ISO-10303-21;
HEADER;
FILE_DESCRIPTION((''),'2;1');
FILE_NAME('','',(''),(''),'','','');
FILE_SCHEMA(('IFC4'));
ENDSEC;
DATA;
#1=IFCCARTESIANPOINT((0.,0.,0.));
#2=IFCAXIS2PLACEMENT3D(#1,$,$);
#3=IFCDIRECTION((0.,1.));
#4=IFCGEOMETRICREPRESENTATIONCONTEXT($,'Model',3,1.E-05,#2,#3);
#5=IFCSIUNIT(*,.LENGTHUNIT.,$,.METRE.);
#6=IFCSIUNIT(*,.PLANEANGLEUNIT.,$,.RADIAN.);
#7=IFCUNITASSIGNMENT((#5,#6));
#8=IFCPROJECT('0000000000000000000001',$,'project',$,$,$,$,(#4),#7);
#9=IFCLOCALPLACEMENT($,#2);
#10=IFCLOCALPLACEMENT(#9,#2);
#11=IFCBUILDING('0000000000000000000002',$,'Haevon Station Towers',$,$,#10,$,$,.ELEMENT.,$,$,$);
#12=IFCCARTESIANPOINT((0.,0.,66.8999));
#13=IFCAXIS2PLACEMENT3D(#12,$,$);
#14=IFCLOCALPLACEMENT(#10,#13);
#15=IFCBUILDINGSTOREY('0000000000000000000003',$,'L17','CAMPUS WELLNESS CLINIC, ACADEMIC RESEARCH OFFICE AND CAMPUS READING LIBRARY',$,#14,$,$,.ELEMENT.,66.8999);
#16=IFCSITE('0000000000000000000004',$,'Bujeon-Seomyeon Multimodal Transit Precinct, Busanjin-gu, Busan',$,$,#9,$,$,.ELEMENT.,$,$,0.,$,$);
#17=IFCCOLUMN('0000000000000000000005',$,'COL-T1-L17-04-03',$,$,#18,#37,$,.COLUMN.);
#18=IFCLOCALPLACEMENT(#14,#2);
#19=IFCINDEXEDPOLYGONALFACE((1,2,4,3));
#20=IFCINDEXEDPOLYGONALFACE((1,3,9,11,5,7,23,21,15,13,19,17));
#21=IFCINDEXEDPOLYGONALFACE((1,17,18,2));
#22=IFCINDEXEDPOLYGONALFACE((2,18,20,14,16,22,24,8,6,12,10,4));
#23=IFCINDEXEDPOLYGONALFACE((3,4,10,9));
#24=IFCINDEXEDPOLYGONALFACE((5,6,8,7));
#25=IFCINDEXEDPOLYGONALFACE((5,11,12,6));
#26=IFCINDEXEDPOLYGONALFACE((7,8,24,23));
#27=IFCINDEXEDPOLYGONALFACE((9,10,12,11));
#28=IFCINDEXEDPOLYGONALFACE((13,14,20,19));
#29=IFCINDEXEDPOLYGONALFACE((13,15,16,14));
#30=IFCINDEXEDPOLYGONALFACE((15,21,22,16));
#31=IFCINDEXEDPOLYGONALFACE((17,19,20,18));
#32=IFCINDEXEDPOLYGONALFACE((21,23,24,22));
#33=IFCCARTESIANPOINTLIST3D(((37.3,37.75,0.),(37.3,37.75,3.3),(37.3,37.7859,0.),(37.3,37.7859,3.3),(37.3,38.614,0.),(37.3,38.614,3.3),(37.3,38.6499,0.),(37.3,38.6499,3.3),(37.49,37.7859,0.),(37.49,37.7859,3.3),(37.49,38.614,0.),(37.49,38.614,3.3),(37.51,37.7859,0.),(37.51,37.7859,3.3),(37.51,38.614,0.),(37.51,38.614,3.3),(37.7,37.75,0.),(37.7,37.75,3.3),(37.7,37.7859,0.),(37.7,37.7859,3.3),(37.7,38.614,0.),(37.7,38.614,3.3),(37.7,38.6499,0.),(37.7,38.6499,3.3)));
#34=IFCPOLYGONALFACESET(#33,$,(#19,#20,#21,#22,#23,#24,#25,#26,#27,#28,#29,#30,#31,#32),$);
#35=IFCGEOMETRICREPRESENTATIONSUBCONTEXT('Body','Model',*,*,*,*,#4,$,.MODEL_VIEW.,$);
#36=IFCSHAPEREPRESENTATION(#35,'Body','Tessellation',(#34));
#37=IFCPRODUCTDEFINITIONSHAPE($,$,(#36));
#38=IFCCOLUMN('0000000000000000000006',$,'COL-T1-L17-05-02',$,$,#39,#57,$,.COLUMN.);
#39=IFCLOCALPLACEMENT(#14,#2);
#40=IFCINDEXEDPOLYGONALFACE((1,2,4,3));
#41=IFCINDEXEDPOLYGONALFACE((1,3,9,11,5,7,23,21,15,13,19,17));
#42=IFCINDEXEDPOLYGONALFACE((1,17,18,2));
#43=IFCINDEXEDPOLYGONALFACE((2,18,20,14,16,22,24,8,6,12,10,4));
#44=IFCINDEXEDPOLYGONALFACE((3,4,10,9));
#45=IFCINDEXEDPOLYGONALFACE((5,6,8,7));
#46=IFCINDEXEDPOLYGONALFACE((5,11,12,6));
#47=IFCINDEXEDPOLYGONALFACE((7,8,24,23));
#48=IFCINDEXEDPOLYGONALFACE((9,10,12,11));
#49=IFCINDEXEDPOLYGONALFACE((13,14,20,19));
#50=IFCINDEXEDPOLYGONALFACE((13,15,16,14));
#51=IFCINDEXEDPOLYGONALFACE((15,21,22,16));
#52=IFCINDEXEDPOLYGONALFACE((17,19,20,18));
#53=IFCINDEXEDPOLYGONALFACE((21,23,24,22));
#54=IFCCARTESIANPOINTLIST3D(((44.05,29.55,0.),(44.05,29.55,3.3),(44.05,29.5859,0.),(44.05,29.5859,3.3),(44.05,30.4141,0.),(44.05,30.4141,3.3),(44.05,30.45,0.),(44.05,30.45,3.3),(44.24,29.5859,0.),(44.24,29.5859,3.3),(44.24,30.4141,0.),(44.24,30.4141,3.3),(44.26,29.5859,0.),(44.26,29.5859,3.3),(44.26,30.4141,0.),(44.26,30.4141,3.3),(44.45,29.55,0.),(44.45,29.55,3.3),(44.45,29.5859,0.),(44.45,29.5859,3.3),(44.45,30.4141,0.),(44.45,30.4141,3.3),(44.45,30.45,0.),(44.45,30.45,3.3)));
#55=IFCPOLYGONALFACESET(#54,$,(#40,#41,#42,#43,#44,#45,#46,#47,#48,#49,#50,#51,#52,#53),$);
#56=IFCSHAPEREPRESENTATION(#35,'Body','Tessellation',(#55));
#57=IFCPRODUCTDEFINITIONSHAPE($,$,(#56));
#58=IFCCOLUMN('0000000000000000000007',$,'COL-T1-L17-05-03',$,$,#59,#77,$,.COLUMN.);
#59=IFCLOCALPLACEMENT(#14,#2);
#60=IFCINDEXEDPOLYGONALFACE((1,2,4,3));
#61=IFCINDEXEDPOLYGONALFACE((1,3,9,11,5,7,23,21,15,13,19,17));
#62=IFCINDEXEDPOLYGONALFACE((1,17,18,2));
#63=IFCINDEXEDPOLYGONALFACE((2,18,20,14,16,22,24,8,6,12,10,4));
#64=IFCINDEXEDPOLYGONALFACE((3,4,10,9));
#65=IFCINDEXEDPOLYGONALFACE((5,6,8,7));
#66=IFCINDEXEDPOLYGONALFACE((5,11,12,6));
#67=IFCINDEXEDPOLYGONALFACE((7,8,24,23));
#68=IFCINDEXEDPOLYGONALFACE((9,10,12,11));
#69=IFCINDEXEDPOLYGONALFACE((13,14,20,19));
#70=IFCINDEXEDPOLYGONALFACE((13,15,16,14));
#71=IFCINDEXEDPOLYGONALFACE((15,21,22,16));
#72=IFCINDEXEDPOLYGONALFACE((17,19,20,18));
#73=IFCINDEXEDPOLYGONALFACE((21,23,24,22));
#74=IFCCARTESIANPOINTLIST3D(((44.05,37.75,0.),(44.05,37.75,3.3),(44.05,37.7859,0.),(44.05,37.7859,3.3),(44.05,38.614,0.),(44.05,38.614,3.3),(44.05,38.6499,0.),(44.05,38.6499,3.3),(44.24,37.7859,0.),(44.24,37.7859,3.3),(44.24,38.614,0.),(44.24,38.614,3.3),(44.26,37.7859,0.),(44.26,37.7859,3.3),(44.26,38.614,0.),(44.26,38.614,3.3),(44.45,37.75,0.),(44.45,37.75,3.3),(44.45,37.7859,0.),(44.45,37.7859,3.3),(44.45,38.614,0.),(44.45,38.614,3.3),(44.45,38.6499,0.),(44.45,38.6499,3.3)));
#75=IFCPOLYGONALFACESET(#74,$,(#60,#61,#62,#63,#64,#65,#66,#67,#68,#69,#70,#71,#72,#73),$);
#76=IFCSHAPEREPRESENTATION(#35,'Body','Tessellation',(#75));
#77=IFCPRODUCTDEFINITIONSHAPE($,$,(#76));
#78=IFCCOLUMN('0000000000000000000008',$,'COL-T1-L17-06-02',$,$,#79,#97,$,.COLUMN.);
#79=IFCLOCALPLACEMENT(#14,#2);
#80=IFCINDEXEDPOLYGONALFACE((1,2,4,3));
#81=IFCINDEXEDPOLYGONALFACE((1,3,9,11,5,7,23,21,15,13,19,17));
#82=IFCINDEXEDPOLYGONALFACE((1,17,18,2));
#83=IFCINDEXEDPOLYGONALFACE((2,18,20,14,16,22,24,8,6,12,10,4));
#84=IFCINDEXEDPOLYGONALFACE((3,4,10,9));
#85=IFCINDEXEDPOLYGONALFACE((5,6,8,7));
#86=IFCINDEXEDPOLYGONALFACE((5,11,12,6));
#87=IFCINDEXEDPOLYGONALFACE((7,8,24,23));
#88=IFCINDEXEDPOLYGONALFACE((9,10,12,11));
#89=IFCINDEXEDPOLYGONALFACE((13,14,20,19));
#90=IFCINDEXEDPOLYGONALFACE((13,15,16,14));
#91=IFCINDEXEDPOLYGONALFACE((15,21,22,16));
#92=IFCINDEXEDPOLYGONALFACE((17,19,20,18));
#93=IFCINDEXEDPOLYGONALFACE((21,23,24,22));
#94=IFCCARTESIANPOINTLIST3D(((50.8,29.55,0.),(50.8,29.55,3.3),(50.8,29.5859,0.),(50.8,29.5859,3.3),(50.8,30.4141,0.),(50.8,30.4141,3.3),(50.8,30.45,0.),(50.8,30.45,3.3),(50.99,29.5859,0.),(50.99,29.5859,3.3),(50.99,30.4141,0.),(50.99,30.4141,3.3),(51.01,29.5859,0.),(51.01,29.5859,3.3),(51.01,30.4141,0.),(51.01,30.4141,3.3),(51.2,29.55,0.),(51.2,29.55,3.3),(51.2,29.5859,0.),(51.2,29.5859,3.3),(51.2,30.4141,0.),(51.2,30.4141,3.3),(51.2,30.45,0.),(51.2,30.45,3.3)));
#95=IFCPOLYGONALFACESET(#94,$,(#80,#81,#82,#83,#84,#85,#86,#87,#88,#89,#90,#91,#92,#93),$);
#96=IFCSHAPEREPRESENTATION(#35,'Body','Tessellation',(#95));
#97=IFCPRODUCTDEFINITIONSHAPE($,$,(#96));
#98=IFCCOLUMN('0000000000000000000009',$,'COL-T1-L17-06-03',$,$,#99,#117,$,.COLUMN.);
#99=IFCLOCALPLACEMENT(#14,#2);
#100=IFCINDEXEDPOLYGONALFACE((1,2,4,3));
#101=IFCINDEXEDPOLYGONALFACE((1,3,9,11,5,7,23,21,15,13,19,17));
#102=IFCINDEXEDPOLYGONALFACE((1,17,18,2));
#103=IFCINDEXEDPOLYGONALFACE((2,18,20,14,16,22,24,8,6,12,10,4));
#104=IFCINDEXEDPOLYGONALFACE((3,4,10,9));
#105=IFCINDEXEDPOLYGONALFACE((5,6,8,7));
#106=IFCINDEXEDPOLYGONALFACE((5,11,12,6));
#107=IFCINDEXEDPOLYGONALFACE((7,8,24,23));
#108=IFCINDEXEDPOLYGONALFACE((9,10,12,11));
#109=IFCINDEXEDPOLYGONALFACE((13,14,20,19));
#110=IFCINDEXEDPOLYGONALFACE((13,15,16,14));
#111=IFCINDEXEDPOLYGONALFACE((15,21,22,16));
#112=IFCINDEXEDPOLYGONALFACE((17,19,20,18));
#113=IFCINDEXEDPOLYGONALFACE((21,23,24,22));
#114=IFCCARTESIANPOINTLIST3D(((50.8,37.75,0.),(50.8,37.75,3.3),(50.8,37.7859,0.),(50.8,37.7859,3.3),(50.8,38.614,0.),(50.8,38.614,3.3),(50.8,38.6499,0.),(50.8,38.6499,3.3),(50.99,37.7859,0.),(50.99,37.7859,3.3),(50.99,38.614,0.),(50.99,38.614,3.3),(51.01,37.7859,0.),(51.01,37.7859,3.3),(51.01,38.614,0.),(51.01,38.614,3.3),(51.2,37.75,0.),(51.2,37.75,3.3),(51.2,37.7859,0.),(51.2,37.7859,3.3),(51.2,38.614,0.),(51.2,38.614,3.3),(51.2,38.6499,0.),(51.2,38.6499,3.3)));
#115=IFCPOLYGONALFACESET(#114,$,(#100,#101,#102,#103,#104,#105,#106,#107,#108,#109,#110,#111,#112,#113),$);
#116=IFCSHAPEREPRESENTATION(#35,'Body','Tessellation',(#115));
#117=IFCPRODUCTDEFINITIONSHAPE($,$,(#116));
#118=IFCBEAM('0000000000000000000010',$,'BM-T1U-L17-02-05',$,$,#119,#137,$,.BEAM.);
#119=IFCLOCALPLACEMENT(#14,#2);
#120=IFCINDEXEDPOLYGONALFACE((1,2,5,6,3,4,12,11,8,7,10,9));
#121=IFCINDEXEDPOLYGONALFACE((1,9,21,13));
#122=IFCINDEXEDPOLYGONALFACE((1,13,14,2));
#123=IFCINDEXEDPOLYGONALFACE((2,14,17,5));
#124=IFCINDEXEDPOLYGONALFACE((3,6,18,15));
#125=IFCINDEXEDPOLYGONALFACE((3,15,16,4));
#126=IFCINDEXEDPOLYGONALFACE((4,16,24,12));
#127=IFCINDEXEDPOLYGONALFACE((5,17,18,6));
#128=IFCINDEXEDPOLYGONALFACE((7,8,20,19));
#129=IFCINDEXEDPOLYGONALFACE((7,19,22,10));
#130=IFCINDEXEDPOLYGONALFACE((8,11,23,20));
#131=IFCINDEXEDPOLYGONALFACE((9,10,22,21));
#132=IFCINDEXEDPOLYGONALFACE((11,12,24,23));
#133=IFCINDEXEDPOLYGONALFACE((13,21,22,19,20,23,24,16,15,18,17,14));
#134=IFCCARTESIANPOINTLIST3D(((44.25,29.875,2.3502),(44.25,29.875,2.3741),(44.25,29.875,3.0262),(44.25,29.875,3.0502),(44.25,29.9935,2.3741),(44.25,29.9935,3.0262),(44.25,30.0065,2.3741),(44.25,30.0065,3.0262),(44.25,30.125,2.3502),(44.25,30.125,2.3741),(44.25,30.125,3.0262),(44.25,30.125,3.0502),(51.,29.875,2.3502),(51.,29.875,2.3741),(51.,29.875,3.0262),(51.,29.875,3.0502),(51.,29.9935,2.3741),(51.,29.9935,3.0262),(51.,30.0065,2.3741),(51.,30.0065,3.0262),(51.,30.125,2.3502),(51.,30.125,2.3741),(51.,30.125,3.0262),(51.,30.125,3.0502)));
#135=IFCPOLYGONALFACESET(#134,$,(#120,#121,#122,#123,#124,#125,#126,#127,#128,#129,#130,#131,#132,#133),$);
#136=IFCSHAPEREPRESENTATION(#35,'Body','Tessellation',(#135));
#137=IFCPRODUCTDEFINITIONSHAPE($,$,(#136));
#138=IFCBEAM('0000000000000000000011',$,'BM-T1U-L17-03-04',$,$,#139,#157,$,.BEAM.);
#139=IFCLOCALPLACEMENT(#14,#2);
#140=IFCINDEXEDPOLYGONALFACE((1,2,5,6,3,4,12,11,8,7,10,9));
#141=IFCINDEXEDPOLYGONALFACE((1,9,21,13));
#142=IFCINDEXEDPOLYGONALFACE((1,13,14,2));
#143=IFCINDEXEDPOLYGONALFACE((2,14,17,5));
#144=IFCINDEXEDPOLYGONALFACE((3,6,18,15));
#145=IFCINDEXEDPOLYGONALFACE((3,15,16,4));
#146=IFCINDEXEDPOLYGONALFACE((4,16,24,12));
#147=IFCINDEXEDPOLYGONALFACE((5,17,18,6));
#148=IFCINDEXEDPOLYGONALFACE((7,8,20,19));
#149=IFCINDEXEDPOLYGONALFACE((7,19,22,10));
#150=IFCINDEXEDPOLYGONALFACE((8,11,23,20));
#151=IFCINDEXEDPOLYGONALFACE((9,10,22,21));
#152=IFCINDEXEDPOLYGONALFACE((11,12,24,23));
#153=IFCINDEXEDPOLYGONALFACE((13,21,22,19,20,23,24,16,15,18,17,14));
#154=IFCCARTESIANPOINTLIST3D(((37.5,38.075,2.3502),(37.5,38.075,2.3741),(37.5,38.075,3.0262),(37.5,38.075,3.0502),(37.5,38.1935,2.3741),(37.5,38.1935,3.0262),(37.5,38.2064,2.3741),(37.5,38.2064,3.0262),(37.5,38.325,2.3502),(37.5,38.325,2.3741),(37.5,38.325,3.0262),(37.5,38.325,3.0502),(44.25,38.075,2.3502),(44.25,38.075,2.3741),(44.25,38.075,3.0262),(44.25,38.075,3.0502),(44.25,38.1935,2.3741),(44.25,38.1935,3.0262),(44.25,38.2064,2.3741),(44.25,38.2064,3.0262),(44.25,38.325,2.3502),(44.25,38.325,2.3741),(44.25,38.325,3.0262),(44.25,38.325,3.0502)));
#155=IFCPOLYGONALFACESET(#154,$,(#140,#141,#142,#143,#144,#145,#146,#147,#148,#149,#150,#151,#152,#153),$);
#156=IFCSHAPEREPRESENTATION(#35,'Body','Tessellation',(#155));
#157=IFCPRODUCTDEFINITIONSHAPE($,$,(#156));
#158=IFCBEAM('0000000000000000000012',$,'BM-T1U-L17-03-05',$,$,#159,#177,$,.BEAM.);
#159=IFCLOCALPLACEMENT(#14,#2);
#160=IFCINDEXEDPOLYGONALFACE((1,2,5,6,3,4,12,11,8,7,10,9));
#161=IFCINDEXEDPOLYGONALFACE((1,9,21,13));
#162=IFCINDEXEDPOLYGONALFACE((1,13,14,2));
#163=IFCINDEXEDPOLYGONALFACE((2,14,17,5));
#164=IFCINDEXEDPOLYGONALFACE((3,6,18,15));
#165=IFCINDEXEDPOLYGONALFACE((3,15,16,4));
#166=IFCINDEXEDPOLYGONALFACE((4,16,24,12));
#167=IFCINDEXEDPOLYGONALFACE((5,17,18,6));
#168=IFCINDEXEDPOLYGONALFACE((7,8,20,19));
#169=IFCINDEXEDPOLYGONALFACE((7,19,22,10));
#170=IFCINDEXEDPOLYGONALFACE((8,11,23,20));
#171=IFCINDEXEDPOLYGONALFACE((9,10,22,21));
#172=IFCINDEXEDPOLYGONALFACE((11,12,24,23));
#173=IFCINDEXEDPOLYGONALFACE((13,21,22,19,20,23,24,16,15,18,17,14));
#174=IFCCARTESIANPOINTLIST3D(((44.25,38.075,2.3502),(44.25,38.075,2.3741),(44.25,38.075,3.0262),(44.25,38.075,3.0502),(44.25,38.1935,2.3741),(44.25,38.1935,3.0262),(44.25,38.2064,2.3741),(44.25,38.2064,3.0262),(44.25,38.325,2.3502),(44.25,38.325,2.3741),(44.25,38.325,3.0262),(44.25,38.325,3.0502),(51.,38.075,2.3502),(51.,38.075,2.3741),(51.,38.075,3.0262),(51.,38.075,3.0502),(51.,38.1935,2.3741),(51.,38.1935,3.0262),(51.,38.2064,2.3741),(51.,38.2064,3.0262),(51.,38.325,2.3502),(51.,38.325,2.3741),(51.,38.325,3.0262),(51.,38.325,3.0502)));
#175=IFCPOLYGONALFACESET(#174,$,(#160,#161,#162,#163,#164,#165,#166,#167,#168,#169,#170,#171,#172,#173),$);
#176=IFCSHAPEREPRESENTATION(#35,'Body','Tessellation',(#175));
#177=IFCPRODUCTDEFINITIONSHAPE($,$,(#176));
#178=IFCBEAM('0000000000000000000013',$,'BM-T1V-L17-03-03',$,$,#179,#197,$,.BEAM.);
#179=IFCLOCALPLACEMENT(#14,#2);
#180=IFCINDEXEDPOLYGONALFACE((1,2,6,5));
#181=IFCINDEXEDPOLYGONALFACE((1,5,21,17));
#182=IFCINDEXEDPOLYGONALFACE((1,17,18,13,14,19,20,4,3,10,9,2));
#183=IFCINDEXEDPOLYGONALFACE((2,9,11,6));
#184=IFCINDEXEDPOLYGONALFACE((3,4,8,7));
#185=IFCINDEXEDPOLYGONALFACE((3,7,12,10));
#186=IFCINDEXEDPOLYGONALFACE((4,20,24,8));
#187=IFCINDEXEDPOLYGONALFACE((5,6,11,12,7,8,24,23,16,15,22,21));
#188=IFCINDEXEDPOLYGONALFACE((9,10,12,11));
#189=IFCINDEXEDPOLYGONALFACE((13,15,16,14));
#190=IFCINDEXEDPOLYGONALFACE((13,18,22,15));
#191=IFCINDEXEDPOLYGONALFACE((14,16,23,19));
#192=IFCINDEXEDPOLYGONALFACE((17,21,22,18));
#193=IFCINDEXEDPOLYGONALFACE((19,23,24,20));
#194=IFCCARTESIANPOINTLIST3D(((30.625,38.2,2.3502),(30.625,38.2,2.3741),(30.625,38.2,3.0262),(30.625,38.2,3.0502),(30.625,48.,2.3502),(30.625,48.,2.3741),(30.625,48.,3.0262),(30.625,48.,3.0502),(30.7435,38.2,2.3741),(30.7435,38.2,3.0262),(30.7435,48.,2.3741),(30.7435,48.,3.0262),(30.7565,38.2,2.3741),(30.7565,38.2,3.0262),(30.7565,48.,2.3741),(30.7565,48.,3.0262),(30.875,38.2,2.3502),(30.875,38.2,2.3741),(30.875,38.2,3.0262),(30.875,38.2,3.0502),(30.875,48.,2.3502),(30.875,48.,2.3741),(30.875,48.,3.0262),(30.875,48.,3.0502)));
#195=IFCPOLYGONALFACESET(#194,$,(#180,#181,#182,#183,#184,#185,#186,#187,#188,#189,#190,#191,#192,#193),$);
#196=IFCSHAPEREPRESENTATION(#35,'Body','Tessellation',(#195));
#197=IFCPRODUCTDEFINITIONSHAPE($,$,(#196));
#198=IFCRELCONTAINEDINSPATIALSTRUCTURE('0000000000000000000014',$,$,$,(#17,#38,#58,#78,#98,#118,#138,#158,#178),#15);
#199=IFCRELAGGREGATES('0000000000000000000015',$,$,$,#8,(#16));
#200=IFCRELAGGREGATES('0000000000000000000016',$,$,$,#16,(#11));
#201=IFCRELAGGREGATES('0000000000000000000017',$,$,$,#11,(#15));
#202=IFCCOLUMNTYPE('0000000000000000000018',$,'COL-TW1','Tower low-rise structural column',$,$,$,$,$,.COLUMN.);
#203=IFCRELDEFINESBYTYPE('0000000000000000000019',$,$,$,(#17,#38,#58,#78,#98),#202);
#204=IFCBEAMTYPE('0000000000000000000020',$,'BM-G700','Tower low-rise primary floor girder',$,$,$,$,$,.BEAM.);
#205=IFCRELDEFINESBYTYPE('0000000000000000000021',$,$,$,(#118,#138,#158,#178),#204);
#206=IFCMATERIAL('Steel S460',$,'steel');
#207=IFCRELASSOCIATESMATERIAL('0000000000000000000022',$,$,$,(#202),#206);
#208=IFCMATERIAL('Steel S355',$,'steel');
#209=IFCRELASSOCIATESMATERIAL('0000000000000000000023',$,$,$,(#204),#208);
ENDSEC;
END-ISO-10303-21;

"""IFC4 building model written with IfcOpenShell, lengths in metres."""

from ifc_helpers import new_model, si_unit, direction, frame, origin, origin_2d, place, context, subcontext, project, spatial, i_section, extrude, material, material_profile, profile_set, type_object, element, save


model = new_model("IFC4")

# Units and contexts
model_context = context("Model", 3, precision=1e-05, world=origin(), true_north=direction((0.0, 1.0)))
body_context = subcontext(model_context, "Body", "Model", "MODEL_VIEW")
ifc_project = project(units=[si_unit("LENGTHUNIT", "METRE"), si_unit("PLANEANGLEUNIT", "RADIAN")], contexts=[model_context])

# Site, building, storey
site_placement = place(None, origin())
site = spatial("IfcSite", under=ifc_project, at=site_placement, Name="Bujeon-Seomyeon Multimodal Transit Precinct, Busanjin-gu, Busan", CompositionType="ELEMENT", RefElevation=0.0)
building_placement = place(site_placement, origin())
building = spatial("IfcBuilding", under=site, at=building_placement, Name="Haevon Station Towers", CompositionType="ELEMENT")
storey_placement = place(building_placement, frame((0.0, 0.0, 66.8999)))
storey = spatial("IfcBuildingStorey", under=building, at=storey_placement, Name="L17", Description="CAMPUS WELLNESS CLINIC, ACADEMIC RESEARCH OFFICE AND CAMPUS READING LIBRARY", CompositionType="ELEMENT", Elevation=66.8999)

# Columns
ifc_material_1 = material(Name="Steel S460", Category="steel")
ifc_material_profile_1 = material_profile(ifc_material_1, i_section(OverallWidth=0.3999, OverallDepth=0.8999, WebThickness=0.02, FlangeThickness=0.0359, at=origin_2d()), Name="H-900x400x20x36")
ifc_profile_set_1 = profile_set([ifc_material_profile_1], Name="Steel S460")
column_type = type_object("IfcColumnType", Name="COL-TW1", Description="Tower low-rise structural column", PredefinedType="COLUMN", material=ifc_profile_set_1)
for number, where, z_axis, x_axis, name in (
    (1, (37.5, 38.2, 0.0), (0.0, 0.0, 1.0), (1.0, 0.0, 0.0), "COL-T1-L17-04-03"),
    (2, (44.25, 30.0, 0.0), (0.0, 0.0, 1.0), (1.0, 0.0, 0.0), "COL-T1-L17-05-02"),
    (3, (44.25, 38.2, 0.0), (0.0, 0.0, 1.0), (1.0, 0.0, 0.0), "COL-T1-L17-05-03"),
    (4, (51.0, 30.0, 0.0), (0.0, 0.0, 1.0), (1.0, 0.0, 0.0), "COL-T1-L17-06-02"),
    (5, (51.0, 38.2, 0.0), (0.0, 0.0, 1.0), (1.0, 0.0, 0.0), "COL-T1-L17-06-03"),
):
    element("IfcColumn", number, at=place(storey_placement, frame(where, z_axis=z_axis, x_axis=x_axis)), inside=storey, type_object=column_type, Name=name, PredefinedType="COLUMN", context=body_context, shape_type="SweptSolid", body=[
        extrude(i_section(OverallWidth=0.3999, OverallDepth=0.8999, WebThickness=0.02, FlangeThickness=0.0359, at=origin_2d()), origin(), (0.0, 0.0, 1.0), 3.3),
    ])

# Beams
ifc_material_2 = material(Name="Steel S355", Category="steel")
ifc_material_profile_2 = material_profile(ifc_material_2, i_section(OverallWidth=0.25, OverallDepth=0.7, WebThickness=0.0129, FlangeThickness=0.0239, at=origin_2d()), Name="H-700x250x13x24")
ifc_profile_set_2 = profile_set([ifc_material_profile_2], Name="Steel S355")
beam_type_1 = type_object("IfcBeamType", Name="BM-G700", Description="Tower low-rise primary floor girder", PredefinedType="BEAM", material=ifc_profile_set_2)
for number, where, z_axis, x_axis, name in (
    (6, (44.25, 30.0, 2.7002), (1.0, 0.0, 0.0), (0.0, 1.0, 0.0), "BM-T1U-L17-02-05"),
    (7, (37.5, 38.2, 2.7002), (1.0, 0.0, 0.0), (0.0, 1.0, 0.0), "BM-T1U-L17-03-04"),
    (8, (44.25, 38.2, 2.7002), (1.0, 0.0, 0.0), (0.0, 1.0, 0.0), "BM-T1U-L17-03-05"),
):
    element("IfcBeam", number, at=place(storey_placement, frame(where, z_axis=z_axis, x_axis=x_axis)), inside=storey, type_object=beam_type_1, Name=name, PredefinedType="BEAM", context=body_context, shape_type="SweptSolid", body=[
        extrude(i_section(OverallWidth=0.25, OverallDepth=0.7, WebThickness=0.0129, FlangeThickness=0.0239, at=origin_2d()), origin(), (0.0, 0.0, 1.0), 6.75),
    ])
beam_placement = place(storey_placement, frame((30.75, 38.2, 2.7002), z_axis=(0.0, 1.0, 0.0), x_axis=(-1.0, 0.0, 0.0)))
element("IfcBeam", 9, at=beam_placement, inside=storey, type_object=beam_type_1, Name="BM-T1V-L17-03-03", PredefinedType="BEAM", context=body_context, shape_type="SweptSolid", body=[
    extrude(i_section(OverallWidth=0.25, OverallDepth=0.7, WebThickness=0.0129, FlangeThickness=0.0239, at=origin_2d()), origin(), (0.0, 0.0, 1.0), 9.8),
])

save(model, "model.ifc")
